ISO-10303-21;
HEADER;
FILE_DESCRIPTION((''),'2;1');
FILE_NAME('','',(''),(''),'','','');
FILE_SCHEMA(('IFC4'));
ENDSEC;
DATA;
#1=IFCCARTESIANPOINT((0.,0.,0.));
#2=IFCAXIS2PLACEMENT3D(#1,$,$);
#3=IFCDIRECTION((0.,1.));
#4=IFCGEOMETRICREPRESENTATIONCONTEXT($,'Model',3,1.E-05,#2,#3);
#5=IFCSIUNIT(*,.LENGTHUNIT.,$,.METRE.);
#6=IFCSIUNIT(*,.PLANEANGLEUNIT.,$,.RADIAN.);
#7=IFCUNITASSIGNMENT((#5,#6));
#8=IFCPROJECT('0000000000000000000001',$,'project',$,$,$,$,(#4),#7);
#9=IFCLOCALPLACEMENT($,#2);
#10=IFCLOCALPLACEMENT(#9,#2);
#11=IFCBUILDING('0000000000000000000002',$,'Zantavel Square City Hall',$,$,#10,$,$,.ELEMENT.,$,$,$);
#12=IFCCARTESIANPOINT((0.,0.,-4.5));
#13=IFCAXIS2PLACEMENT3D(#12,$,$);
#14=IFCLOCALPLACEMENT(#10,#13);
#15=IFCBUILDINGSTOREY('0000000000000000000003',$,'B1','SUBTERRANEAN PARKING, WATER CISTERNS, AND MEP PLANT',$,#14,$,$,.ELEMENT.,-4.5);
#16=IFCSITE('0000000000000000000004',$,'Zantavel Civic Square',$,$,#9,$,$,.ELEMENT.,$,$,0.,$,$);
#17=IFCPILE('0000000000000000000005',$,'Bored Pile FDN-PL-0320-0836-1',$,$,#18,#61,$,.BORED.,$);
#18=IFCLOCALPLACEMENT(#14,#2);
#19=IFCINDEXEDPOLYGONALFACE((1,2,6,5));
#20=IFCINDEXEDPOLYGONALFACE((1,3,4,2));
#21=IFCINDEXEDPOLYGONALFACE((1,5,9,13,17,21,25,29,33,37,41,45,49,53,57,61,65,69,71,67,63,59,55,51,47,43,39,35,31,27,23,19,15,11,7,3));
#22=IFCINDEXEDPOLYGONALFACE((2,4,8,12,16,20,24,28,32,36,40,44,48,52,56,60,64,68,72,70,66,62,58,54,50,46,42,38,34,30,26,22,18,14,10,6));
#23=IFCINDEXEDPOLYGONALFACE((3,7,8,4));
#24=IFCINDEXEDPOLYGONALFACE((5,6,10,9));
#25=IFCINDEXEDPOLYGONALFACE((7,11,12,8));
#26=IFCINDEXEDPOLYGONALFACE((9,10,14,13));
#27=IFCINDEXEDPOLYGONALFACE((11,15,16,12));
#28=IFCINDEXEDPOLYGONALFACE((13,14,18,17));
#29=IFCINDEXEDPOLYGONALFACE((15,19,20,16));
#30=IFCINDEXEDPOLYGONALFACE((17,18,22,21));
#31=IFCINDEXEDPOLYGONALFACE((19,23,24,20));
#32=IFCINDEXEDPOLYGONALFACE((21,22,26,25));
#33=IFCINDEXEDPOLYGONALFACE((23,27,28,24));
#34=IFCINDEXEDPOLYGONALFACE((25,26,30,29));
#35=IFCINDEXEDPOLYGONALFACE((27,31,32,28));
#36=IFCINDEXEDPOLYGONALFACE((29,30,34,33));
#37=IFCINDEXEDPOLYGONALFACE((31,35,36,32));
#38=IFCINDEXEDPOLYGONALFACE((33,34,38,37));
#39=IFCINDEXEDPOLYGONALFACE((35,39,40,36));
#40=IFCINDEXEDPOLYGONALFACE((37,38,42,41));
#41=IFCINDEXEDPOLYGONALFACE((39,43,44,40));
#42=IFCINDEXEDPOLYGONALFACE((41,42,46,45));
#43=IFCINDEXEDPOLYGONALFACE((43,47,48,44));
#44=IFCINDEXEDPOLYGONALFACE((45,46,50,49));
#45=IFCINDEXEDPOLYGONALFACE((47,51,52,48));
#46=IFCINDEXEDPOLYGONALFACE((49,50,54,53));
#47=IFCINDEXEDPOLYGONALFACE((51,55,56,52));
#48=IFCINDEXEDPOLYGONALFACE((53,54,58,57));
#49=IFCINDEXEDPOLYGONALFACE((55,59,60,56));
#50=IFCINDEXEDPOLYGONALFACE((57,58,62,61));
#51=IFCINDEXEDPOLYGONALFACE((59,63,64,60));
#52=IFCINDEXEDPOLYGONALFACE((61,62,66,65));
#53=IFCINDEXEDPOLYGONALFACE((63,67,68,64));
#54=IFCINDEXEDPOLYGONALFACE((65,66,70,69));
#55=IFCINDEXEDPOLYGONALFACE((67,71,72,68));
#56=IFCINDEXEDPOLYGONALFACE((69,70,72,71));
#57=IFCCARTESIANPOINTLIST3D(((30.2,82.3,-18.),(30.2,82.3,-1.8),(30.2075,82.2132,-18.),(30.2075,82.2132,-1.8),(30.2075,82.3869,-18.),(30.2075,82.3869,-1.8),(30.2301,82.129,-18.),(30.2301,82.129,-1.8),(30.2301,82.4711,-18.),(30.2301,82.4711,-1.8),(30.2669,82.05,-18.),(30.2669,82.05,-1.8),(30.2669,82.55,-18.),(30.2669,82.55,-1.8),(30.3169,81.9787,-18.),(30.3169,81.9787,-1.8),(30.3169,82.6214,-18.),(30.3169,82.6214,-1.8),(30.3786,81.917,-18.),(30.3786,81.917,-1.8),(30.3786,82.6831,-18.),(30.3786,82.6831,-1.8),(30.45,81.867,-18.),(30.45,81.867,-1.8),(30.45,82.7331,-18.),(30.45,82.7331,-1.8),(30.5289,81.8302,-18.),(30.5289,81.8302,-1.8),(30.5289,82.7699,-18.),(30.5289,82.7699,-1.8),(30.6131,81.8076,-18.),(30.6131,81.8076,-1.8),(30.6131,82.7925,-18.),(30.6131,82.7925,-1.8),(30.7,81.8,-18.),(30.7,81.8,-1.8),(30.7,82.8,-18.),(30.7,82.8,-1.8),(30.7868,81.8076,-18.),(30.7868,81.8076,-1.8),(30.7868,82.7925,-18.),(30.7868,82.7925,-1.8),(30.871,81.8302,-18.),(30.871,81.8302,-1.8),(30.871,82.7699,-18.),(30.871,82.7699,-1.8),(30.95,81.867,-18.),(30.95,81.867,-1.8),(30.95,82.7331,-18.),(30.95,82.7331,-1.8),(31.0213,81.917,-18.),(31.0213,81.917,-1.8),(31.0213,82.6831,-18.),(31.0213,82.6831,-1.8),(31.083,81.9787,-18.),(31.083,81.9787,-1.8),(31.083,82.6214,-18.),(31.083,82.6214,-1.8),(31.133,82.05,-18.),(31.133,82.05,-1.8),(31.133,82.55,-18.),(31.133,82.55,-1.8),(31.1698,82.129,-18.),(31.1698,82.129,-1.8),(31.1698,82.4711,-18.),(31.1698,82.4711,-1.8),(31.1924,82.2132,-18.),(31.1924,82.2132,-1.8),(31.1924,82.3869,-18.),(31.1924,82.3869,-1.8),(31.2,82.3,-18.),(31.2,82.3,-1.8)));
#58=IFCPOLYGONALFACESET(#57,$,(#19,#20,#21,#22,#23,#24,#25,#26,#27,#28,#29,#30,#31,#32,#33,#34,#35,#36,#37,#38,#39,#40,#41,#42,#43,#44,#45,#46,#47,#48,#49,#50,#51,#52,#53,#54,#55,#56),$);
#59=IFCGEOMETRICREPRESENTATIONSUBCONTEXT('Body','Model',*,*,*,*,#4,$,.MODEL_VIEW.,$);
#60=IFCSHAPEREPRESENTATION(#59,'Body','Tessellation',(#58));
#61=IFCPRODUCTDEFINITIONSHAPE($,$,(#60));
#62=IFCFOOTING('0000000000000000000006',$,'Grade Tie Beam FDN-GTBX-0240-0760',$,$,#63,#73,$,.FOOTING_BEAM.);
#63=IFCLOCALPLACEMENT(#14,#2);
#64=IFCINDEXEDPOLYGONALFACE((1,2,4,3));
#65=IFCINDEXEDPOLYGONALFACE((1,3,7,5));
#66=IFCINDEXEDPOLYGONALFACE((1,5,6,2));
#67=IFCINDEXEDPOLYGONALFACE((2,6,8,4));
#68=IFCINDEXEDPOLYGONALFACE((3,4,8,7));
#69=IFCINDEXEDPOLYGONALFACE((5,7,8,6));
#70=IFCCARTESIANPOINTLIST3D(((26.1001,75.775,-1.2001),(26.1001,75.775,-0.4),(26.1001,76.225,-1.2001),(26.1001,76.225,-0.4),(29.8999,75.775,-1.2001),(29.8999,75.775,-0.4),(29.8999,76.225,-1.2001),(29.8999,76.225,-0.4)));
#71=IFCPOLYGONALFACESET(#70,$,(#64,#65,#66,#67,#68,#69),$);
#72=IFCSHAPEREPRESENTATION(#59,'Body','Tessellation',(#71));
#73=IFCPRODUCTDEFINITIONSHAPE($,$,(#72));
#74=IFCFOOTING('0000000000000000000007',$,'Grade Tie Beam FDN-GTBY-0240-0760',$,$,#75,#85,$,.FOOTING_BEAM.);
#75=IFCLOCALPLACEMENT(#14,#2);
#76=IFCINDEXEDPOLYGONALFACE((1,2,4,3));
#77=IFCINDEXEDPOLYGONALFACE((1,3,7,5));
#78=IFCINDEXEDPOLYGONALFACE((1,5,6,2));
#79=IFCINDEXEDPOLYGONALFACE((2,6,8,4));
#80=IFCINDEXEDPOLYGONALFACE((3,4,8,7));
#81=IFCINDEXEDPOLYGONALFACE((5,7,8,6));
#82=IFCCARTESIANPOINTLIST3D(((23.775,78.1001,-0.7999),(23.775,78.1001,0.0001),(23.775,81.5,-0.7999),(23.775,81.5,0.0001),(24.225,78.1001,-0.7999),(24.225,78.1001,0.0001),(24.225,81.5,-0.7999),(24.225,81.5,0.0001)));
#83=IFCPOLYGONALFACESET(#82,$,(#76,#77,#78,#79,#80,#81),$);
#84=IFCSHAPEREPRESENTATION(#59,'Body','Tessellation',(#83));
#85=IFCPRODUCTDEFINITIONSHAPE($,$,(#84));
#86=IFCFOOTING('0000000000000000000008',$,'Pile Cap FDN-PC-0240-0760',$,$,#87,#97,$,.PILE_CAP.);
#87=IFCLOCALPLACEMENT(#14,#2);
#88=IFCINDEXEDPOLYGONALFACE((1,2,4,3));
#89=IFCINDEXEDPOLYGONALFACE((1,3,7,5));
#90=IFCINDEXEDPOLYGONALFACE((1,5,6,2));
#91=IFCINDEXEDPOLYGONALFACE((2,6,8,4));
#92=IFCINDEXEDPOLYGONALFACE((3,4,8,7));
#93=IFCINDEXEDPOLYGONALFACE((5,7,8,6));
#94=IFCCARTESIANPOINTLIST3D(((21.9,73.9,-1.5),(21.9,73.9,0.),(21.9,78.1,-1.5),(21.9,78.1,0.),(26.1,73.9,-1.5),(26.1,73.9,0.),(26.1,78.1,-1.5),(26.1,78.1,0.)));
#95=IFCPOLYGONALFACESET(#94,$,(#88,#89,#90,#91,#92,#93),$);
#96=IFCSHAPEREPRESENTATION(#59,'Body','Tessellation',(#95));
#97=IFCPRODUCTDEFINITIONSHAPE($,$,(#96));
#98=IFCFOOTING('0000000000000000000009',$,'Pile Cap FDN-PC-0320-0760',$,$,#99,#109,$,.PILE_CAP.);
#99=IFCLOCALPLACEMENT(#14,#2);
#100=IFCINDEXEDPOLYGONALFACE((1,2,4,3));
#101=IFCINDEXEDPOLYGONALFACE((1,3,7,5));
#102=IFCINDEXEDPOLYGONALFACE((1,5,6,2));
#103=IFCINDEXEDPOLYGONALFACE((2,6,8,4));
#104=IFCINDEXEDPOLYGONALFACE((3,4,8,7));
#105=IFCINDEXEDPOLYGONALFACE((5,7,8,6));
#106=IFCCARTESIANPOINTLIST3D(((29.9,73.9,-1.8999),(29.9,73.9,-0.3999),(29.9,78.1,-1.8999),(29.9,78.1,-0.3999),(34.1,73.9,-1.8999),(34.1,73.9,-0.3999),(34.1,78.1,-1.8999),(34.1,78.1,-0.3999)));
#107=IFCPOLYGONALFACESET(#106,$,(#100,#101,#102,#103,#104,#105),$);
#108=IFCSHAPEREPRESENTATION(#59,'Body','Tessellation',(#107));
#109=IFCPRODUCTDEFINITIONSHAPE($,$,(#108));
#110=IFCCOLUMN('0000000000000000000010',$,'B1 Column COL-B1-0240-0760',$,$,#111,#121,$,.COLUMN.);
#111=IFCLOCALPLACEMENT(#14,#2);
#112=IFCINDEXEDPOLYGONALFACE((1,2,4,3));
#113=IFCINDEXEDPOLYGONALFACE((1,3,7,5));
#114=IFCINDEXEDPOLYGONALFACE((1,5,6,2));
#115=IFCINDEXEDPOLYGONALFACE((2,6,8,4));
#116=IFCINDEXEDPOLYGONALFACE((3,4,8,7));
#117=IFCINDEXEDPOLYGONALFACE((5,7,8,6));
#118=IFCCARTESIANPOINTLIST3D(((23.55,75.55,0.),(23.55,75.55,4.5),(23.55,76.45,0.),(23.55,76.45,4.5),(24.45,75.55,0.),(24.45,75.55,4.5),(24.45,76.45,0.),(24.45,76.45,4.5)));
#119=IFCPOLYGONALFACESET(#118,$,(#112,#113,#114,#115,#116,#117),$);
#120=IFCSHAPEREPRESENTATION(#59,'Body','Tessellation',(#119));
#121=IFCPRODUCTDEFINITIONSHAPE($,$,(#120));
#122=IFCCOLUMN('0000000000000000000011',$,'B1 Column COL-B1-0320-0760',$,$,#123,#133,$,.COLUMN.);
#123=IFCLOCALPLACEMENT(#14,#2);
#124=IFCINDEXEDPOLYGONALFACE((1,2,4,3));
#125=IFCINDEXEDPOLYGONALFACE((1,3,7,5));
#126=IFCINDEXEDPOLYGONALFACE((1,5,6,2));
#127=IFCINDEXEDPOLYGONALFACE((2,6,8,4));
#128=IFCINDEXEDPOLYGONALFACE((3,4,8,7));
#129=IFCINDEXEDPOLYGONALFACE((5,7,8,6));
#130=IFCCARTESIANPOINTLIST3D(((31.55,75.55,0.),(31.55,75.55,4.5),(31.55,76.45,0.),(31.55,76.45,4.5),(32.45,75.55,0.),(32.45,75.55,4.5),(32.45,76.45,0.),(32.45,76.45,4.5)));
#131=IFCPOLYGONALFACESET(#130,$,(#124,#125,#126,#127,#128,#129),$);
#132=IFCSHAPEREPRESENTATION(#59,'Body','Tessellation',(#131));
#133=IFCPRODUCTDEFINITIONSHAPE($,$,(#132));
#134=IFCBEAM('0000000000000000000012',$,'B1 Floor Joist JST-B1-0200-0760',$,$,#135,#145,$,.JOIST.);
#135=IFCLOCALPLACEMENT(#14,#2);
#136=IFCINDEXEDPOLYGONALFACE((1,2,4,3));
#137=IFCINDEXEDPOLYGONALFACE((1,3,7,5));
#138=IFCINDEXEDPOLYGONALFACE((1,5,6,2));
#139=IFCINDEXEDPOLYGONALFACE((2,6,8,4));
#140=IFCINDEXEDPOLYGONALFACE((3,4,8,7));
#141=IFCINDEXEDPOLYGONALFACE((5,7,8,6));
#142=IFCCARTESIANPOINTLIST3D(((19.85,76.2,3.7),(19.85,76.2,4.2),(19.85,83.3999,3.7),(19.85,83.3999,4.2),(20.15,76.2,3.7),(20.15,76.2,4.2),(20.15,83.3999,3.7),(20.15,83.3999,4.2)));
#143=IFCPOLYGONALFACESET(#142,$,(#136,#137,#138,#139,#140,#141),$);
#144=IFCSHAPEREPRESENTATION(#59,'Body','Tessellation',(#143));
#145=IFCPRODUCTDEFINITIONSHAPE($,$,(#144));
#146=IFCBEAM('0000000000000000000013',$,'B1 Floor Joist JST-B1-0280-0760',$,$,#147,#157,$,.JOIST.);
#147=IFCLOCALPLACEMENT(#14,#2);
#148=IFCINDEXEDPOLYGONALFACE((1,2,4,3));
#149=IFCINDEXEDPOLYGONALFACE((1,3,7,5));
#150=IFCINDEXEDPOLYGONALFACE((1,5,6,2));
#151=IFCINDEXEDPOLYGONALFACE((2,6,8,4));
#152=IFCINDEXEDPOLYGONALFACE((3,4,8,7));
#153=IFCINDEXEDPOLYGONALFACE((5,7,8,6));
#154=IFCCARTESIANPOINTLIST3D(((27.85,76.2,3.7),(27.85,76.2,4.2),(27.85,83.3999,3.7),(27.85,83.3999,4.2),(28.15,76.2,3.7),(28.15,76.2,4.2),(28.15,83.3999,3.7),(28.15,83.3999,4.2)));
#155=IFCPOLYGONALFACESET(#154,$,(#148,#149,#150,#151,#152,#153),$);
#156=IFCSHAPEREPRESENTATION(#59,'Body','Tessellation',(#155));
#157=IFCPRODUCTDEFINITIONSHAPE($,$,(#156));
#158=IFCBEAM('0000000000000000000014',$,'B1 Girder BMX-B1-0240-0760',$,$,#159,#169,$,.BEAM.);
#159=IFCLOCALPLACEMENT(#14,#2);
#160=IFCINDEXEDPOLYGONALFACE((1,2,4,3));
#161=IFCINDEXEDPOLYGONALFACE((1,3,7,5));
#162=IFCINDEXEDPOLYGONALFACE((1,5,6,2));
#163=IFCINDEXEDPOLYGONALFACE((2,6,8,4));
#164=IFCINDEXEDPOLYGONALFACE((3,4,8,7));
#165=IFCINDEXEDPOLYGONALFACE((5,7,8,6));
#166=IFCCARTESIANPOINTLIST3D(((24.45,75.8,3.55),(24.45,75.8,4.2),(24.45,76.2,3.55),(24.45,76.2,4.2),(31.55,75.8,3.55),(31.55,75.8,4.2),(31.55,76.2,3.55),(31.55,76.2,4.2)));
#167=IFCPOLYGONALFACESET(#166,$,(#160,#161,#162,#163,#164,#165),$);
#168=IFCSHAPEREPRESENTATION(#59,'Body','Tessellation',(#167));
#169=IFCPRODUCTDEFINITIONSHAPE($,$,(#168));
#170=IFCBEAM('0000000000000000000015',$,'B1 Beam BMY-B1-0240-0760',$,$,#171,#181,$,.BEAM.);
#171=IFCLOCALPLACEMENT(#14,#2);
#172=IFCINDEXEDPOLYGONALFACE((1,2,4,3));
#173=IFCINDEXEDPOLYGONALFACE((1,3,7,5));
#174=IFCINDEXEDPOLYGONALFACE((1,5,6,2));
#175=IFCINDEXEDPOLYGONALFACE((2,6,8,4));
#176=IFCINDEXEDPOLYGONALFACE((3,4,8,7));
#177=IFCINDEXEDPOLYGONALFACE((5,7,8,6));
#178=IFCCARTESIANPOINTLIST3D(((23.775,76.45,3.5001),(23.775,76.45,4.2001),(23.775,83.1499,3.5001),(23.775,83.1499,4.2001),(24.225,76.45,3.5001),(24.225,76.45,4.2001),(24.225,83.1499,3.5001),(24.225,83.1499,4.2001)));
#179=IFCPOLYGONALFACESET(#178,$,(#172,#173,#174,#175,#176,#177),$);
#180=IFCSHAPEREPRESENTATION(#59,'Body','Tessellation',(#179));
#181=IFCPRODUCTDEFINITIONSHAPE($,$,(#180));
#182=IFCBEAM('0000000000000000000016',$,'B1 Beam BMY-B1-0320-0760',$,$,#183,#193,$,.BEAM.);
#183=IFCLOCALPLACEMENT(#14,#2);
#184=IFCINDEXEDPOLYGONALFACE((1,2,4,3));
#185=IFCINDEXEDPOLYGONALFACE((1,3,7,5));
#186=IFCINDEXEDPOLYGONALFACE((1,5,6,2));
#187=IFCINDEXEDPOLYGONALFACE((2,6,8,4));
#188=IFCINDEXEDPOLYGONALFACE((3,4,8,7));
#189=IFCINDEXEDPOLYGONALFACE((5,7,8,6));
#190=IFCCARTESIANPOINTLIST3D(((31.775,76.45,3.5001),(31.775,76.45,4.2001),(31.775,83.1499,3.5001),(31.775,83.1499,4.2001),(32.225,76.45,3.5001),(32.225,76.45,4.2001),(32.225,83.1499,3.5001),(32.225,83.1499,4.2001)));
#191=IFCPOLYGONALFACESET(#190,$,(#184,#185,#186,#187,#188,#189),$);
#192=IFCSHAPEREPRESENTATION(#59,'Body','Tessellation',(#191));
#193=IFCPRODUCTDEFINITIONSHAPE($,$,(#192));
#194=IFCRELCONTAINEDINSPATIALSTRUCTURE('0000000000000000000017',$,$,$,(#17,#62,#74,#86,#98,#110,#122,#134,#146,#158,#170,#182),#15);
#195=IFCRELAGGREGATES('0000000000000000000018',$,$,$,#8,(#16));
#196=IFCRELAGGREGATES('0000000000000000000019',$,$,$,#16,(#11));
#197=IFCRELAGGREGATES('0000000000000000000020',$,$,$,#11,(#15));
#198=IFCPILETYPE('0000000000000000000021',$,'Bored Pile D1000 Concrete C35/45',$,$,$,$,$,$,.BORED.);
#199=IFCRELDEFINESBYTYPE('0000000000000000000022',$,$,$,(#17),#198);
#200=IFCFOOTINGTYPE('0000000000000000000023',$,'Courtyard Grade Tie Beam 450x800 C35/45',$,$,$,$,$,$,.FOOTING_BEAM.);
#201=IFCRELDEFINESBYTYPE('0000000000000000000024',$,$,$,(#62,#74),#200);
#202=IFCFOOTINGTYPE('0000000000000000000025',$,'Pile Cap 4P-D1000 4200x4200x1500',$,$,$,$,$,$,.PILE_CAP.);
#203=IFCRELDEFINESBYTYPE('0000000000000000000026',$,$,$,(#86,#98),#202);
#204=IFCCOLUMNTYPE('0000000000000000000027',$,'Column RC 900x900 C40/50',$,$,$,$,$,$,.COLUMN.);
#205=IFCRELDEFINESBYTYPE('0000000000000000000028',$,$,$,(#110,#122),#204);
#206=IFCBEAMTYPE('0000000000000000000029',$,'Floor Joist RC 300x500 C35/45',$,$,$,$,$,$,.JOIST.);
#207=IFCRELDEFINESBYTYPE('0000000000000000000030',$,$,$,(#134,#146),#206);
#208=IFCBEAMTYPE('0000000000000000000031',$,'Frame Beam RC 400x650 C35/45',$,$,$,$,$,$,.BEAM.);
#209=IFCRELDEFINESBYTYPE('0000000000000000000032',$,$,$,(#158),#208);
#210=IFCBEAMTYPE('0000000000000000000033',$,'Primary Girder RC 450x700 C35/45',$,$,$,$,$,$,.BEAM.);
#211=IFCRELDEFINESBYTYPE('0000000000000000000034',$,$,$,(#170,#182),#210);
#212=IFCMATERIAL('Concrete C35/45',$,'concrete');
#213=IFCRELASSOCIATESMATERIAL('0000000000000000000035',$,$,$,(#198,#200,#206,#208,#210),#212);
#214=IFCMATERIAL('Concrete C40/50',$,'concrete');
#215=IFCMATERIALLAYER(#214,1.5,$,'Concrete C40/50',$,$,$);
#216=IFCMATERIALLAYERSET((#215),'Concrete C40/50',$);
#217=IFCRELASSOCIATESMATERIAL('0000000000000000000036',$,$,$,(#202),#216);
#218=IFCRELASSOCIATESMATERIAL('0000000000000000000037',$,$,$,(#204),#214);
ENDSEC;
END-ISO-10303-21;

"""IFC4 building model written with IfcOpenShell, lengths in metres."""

from ifc_helpers import new_model, si_unit, direction, frame, origin, origin_2d, place, context, subcontext, project, spatial, rectangle, circle, extrude, material, layer, layer_set, material_profile, profile_set, type_object, element, save


model = new_model("IFC4")

# Units and contexts
model_context = context("Model", 3, precision=1e-05, world=origin(), true_north=direction((0.0, 1.0)))
body_context = subcontext(model_context, "Body", "Model", "MODEL_VIEW")
ifc_project = project(units=[si_unit("LENGTHUNIT", "METRE"), si_unit("PLANEANGLEUNIT", "RADIAN")], contexts=[model_context])

# Site, building, storey
site_placement = place(None, origin())
site = spatial("IfcSite", under=ifc_project, at=site_placement, Name="Zantavel Civic Square", CompositionType="ELEMENT", RefElevation=0.0)
building_placement = place(site_placement, origin())
building = spatial("IfcBuilding", under=site, at=building_placement, Name="Zantavel Square City Hall", CompositionType="ELEMENT")
storey_placement = place(building_placement, frame((0.0, 0.0, -4.5)))
storey = spatial("IfcBuildingStorey", under=building, at=storey_placement, Name="B1", Description="SUBTERRANEAN PARKING, WATER CISTERNS, AND MEP PLANT", CompositionType="ELEMENT", Elevation=-4.5)

# Pile
ifc_material_1 = material(Name="Concrete C35/45", Category="concrete")
ifc_material_profile_1 = material_profile(ifc_material_1, circle(Radius=0.5, at=origin_2d()), Name="PILE D1000")
ifc_profile_set_1 = profile_set([ifc_material_profile_1], Name="Concrete C35/45")
pile_type = type_object("IfcPileType", Name="Bored Pile D1000 Concrete C35/45", PredefinedType="BORED", material=ifc_profile_set_1)
for number, where, z_axis, x_axis, name in (
    (1, (30.7, 82.3, -1.8), (0.0, 0.0, -1.0), (1.0, 0.0, 0.0), "Bored Pile FDN-PL-0320-0836-1"),
):
    element("IfcPile", number, at=place(storey_placement, frame(where, z_axis=z_axis, x_axis=x_axis)), inside=storey, type_object=pile_type, Name=name, PredefinedType="BORED", context=body_context, shape_type="SweptSolid", body=[
        extrude(circle(Radius=0.5, at=origin_2d()), origin(), (0.0, 0.0, 1.0), 16.2),
    ])

# Footings
ifc_material_profile_2 = material_profile(ifc_material_1, rectangle(XDim=0.45, YDim=0.8, at=origin_2d()), Name="RC 450x800")
ifc_profile_set_2 = profile_set([ifc_material_profile_2], Name="Concrete C35/45")
footing_type_1 = type_object("IfcFootingType", Name="Courtyard Grade Tie Beam 450x800 C35/45", PredefinedType="FOOTING_BEAM", material=ifc_profile_set_2)
footing_1_placement = place(storey_placement, frame((26.1001, 76.0, -0.8), z_axis=(1.0, 0.0, 0.0), x_axis=(0.0, 1.0, 0.0)))
element("IfcFooting", 2, at=footing_1_placement, inside=storey, type_object=footing_type_1, Name="Grade Tie Beam FDN-GTBX-0240-0760", PredefinedType="FOOTING_BEAM", context=body_context, shape_type="SweptSolid", body=[
    extrude(rectangle(XDim=0.45, YDim=0.8, at=origin_2d()), origin(), (0.0, 0.0, 1.0), 3.7998),
])
footing_2_placement = place(storey_placement, frame((24.0, 78.1001, -0.3999), z_axis=(0.0, 1.0, 0.0), x_axis=(-1.0, 0.0, 0.0)))
element("IfcFooting", 3, at=footing_2_placement, inside=storey, type_object=footing_type_1, Name="Grade Tie Beam FDN-GTBY-0240-0760", PredefinedType="FOOTING_BEAM", context=body_context, shape_type="SweptSolid", body=[
    extrude(rectangle(XDim=0.45, YDim=0.8, at=origin_2d()), origin(), (0.0, 0.0, 1.0), 3.3999),
])
ifc_material_2 = material(Name="Concrete C40/50", Category="concrete")
ifc_layer_1 = layer(ifc_material_2, 1.5, Name="Concrete C40/50")
ifc_layer_set_1 = layer_set([ifc_layer_1], Name="Concrete C40/50")
footing_type_2 = type_object("IfcFootingType", Name="Pile Cap 4P-D1000 4200x4200x1500", PredefinedType="PILE_CAP", material=ifc_layer_set_1)
for number, where, z_axis, x_axis, name in (
    (4, (24.0, 76.0, -1.5), (0.0, 0.0, 1.0), (1.0, 0.0, 0.0), "Pile Cap FDN-PC-0240-0760"),
    (5, (32.0, 76.0, -1.8999), (0.0, 0.0, 1.0), (1.0, 0.0, 0.0), "Pile Cap FDN-PC-0320-0760"),
):
    element("IfcFooting", number, at=place(storey_placement, frame(where, z_axis=z_axis, x_axis=x_axis)), inside=storey, type_object=footing_type_2, Name=name, PredefinedType="PILE_CAP", context=body_context, shape_type="SweptSolid", body=[
        extrude(rectangle(XDim=4.2, YDim=4.2, at=origin_2d()), origin(), (0.0, 0.0, 1.0), 1.5),
    ])

# Columns
ifc_material_profile_3 = material_profile(ifc_material_2, rectangle(XDim=0.8999, YDim=0.8999, at=origin_2d()), Name="RC 900x900")
ifc_profile_set_3 = profile_set([ifc_material_profile_3], Name="Concrete C40/50")
column_type = type_object("IfcColumnType", Name="Column RC 900x900 C40/50", PredefinedType="COLUMN", material=ifc_profile_set_3)
for number, where, z_axis, x_axis, name in (
    (6, (24.0, 76.0, 0.0), (0.0, 0.0, 1.0), (1.0, 0.0, 0.0), "B1 Column COL-B1-0240-0760"),
    (7, (32.0, 76.0, 0.0), (0.0, 0.0, 1.0), (1.0, 0.0, 0.0), "B1 Column COL-B1-0320-0760"),
):
    element("IfcColumn", number, at=place(storey_placement, frame(where, z_axis=z_axis, x_axis=x_axis)), inside=storey, type_object=column_type, Name=name, PredefinedType="COLUMN", context=body_context, shape_type="SweptSolid", body=[
        extrude(rectangle(XDim=0.8999, YDim=0.8999, at=origin_2d()), origin(), (0.0, 0.0, 1.0), 4.5),
    ])

# Beams
ifc_material_profile_4 = material_profile(ifc_material_1, rectangle(XDim=0.3, YDim=0.5, at=origin_2d()), Name="RC 300x500")
ifc_profile_set_4 = profile_set([ifc_material_profile_4], Name="Concrete C35/45")
beam_type_1 = type_object("IfcBeamType", Name="Floor Joist RC 300x500 C35/45", PredefinedType="JOIST", material=ifc_profile_set_4)
for number, where, z_axis, x_axis, name in (
    (8, (20.0, 76.2, 3.95), (0.0, 1.0, 0.0), (-1.0, 0.0, 0.0), "B1 Floor Joist JST-B1-0200-0760"),
    (9, (28.0, 76.2, 3.95), (0.0, 1.0, 0.0), (-1.0, 0.0, 0.0), "B1 Floor Joist JST-B1-0280-0760"),
):
    element("IfcBeam", number, at=place(storey_placement, frame(where, z_axis=z_axis, x_axis=x_axis)), inside=storey, type_object=beam_type_1, Name=name, PredefinedType="JOIST", context=body_context, shape_type="SweptSolid", body=[
        extrude(rectangle(XDim=0.3, YDim=0.5, at=origin_2d()), origin(), (0.0, 0.0, 1.0), 7.2),
    ])
ifc_material_profile_5 = material_profile(ifc_material_1, rectangle(XDim=0.3999, YDim=0.6499, at=origin_2d()), Name="RC 400x650")
ifc_profile_set_5 = profile_set([ifc_material_profile_5], Name="Concrete C35/45")
beam_type_2 = type_object("IfcBeamType", Name="Frame Beam RC 400x650 C35/45", PredefinedType="BEAM", material=ifc_profile_set_5)
beam_placement = place(storey_placement, frame((24.45, 76.0, 3.875), z_axis=(1.0, 0.0, 0.0), x_axis=(0.0, 1.0, 0.0)))
element("IfcBeam", 10, at=beam_placement, inside=storey, type_object=beam_type_2, Name="B1 Girder BMX-B1-0240-0760", PredefinedType="BEAM", context=body_context, shape_type="SweptSolid", body=[
    extrude(rectangle(XDim=0.3999, YDim=0.6499, at=origin_2d()), origin(), (0.0, 0.0, 1.0), 7.1001),
])
ifc_material_profile_6 = material_profile(ifc_material_1, rectangle(XDim=0.45, YDim=0.7, at=origin_2d()), Name="RC 450x700")
ifc_profile_set_6 = profile_set([ifc_material_profile_6], Name="Concrete C35/45")
beam_type_3 = type_object("IfcBeamType", Name="Primary Girder RC 450x700 C35/45", PredefinedType="BEAM", material=ifc_profile_set_6)
for number, where, z_axis, x_axis, name in (
    (11, (24.0, 76.45, 3.8501), (0.0, 1.0, 0.0), (-1.0, 0.0, 0.0), "B1 Beam BMY-B1-0240-0760"),
    (12, (32.0, 76.45, 3.8501), (0.0, 1.0, 0.0), (-1.0, 0.0, 0.0), "B1 Beam BMY-B1-0320-0760"),
):
    element("IfcBeam", number, at=place(storey_placement, frame(where, z_axis=z_axis, x_axis=x_axis)), inside=storey, type_object=beam_type_3, Name=name, PredefinedType="BEAM", context=body_context, shape_type="SweptSolid", body=[
        extrude(rectangle(XDim=0.45, YDim=0.7, at=origin_2d()), origin(), (0.0, 0.0, 1.0), 6.7),
    ])

save(model, "model.ifc")
